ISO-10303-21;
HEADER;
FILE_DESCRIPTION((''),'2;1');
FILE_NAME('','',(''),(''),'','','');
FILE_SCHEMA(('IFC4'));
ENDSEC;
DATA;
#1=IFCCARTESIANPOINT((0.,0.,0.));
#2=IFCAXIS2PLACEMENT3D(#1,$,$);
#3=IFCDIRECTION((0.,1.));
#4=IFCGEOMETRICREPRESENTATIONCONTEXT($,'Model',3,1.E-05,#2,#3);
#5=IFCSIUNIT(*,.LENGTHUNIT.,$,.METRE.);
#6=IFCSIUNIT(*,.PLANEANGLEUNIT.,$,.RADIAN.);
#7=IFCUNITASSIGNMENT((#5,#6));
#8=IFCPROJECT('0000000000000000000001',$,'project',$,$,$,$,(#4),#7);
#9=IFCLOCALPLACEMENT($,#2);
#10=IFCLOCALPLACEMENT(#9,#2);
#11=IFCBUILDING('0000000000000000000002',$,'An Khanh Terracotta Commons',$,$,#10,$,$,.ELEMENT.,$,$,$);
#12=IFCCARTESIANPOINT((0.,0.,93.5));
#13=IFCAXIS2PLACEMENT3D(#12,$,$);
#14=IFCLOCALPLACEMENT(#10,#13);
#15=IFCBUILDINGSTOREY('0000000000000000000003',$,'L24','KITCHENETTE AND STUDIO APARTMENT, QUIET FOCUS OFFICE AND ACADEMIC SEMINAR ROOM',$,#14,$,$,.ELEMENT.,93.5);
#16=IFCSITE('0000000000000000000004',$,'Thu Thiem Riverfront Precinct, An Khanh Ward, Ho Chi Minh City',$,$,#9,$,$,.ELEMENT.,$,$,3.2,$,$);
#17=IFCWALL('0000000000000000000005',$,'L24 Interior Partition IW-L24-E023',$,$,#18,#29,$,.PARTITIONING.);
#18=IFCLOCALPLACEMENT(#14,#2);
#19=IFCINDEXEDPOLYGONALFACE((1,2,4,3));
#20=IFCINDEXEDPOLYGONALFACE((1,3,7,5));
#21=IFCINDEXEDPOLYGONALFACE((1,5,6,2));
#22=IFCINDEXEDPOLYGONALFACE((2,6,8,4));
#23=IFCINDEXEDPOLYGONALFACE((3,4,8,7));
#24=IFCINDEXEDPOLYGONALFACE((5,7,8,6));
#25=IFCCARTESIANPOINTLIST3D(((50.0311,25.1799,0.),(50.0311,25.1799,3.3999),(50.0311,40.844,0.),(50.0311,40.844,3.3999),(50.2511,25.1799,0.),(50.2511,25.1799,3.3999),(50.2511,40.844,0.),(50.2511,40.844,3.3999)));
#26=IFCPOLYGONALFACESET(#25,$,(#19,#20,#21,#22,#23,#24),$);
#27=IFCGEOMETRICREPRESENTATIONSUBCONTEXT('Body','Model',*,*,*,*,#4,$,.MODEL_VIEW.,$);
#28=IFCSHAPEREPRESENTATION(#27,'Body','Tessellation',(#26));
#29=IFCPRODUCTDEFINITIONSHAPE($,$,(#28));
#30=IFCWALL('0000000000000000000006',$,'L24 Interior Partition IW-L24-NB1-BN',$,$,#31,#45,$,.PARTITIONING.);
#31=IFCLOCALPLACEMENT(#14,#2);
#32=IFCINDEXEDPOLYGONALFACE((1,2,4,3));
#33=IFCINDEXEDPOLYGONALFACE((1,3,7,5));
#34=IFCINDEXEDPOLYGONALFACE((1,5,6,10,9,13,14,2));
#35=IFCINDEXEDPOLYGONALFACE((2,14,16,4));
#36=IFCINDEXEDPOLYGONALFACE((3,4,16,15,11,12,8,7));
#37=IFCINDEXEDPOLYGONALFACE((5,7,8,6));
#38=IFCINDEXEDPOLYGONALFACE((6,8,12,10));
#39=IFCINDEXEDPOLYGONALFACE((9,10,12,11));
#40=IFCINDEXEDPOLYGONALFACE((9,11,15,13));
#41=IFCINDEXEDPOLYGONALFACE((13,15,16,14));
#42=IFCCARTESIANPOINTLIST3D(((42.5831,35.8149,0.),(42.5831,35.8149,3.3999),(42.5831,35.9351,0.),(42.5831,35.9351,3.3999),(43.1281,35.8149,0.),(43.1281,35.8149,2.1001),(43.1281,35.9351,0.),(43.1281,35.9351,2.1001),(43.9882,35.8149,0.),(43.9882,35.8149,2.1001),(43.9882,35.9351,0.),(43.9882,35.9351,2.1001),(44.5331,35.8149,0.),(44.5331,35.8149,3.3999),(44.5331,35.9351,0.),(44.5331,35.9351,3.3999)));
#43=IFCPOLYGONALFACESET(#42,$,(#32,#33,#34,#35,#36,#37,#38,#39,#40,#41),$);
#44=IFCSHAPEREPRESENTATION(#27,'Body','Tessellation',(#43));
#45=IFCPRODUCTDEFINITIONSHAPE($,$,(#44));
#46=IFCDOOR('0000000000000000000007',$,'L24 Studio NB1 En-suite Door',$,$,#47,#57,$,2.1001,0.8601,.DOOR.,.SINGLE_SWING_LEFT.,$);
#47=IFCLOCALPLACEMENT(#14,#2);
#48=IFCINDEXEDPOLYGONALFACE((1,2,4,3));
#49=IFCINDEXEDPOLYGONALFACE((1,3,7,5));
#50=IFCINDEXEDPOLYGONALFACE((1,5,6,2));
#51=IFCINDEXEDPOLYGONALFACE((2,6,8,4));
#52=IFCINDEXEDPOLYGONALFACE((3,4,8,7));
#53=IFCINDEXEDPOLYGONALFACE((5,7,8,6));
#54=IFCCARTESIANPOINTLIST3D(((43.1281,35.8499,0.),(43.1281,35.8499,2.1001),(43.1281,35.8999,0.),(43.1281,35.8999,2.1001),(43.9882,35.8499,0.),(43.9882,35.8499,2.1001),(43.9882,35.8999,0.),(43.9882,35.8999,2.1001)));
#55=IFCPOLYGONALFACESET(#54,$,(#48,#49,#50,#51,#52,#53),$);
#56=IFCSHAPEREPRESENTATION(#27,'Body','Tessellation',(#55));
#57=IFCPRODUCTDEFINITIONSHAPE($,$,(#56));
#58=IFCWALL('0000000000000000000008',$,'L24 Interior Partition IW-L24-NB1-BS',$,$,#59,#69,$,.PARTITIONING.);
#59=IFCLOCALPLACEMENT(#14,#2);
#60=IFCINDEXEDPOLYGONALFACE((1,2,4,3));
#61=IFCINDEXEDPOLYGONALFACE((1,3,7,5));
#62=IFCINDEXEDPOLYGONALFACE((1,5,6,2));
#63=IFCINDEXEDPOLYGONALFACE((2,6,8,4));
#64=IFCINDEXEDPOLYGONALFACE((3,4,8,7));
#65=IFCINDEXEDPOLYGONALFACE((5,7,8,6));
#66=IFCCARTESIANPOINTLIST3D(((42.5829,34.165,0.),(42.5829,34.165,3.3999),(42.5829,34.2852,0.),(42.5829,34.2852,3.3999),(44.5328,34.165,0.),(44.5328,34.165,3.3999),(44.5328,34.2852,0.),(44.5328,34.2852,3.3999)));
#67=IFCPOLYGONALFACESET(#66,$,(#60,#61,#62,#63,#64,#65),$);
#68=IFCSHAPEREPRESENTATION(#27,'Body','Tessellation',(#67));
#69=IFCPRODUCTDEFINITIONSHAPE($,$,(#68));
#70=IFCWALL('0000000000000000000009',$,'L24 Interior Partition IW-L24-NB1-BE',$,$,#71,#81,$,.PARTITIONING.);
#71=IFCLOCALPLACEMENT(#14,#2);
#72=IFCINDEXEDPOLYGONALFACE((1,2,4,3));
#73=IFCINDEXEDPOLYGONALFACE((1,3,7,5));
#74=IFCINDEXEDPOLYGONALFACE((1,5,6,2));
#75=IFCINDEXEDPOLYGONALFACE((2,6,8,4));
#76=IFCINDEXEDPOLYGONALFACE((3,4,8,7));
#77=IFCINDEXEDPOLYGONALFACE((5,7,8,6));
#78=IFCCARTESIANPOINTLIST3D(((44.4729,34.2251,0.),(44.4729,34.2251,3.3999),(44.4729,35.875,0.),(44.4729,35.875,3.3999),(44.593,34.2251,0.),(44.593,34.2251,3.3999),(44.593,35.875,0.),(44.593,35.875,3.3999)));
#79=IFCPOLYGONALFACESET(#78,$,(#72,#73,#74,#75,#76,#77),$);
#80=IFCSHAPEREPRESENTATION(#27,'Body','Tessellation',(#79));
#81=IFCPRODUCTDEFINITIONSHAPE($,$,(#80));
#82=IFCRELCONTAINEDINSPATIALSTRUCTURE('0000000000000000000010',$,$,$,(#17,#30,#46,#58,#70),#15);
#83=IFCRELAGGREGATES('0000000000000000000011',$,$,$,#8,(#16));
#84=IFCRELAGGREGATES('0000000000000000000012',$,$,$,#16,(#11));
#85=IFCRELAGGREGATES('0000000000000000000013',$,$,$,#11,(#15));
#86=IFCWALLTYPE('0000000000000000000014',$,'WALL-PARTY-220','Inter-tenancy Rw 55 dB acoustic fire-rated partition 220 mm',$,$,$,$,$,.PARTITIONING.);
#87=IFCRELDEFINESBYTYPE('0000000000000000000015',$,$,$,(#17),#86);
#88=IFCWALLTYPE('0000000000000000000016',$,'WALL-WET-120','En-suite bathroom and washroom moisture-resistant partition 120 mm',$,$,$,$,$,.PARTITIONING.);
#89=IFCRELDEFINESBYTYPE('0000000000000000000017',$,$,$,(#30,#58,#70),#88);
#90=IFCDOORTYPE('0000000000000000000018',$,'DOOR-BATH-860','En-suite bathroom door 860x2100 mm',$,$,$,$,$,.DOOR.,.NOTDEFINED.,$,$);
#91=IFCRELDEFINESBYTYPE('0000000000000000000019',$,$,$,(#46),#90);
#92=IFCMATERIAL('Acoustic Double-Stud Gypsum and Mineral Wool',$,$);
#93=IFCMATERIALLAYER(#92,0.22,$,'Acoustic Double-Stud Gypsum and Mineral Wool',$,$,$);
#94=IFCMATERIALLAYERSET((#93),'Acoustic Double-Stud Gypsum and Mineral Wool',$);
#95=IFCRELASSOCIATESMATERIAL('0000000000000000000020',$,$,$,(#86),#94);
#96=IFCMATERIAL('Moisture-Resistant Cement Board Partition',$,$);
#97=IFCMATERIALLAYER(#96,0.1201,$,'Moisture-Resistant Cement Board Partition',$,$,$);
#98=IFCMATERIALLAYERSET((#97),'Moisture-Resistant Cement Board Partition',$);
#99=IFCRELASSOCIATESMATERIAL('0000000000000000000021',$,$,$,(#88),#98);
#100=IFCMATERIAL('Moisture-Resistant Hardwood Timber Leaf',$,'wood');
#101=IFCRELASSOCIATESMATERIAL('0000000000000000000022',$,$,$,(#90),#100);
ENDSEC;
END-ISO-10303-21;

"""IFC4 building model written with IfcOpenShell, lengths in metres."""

from ifc_helpers import new_model, si_unit, direction, frame, frame_2d, origin, place, context, subcontext, project, spatial, rectangle, extrude, material, layer, layer_set, type_object, element, fill, save


model = new_model("IFC4")

# Units and contexts
model_context = context("Model", 3, precision=1e-05, world=origin(), true_north=direction((0.0, 1.0)))
body_context = subcontext(model_context, "Body", "Model", "MODEL_VIEW")
ifc_project = project(units=[si_unit("LENGTHUNIT", "METRE"), si_unit("PLANEANGLEUNIT", "RADIAN")], contexts=[model_context])

# Site, building, storey
site_placement = place(None, origin())
site = spatial("IfcSite", under=ifc_project, at=site_placement, Name="Thu Thiem Riverfront Precinct, An Khanh Ward, Ho Chi Minh City", CompositionType="ELEMENT", RefElevation=3.2)
building_placement = place(site_placement, origin())
building = spatial("IfcBuilding", under=site, at=building_placement, Name="An Khanh Terracotta Commons", CompositionType="ELEMENT")
storey_placement = place(building_placement, frame((0.0, 0.0, 93.5)))
storey = spatial("IfcBuildingStorey", under=building, at=storey_placement, Name="L24", Description="KITCHENETTE AND STUDIO APARTMENT, QUIET FOCUS OFFICE AND ACADEMIC SEMINAR ROOM", CompositionType="ELEMENT", Elevation=93.5)

# Wall
ifc_material_1 = material(Name="Acoustic Double-Stud Gypsum and Mineral Wool")
ifc_layer_1 = layer(ifc_material_1, 0.22, Name="Acoustic Double-Stud Gypsum and Mineral Wool")
ifc_layer_set_1 = layer_set([ifc_layer_1], Name="Acoustic Double-Stud Gypsum and Mineral Wool")
wall_type_1 = type_object("IfcWallType", Name="WALL-PARTY-220", Description="Inter-tenancy Rw 55 dB acoustic fire-rated partition 220 mm", PredefinedType="PARTITIONING", material=ifc_layer_set_1)
wall_1_placement = place(storey_placement, frame((50.1411, 25.1799, 0.0), z_axis=(0.0, 0.0, 1.0), x_axis=(0.0, 1.0, 0.0)))
element("IfcWall", 1, at=wall_1_placement, inside=storey, type_object=wall_type_1, Name="L24 Interior Partition IW-L24-E023", PredefinedType="PARTITIONING", context=body_context, shape_type="SweptSolid", body=[
    extrude(rectangle(XDim=15.6641, YDim=0.22, at=frame_2d((7.832, 0.0))), origin(), (0.0, 0.0, 1.0), 3.3999),
])

# Wall, opening, door
ifc_material_2 = material(Name="Moisture-Resistant Cement Board Partition")
ifc_layer_2 = layer(ifc_material_2, 0.1201, Name="Moisture-Resistant Cement Board Partition")
ifc_layer_set_2 = layer_set([ifc_layer_2], Name="Moisture-Resistant Cement Board Partition")
wall_type_2 = type_object("IfcWallType", Name="WALL-WET-120", Description="En-suite bathroom and washroom moisture-resistant partition 120 mm", PredefinedType="PARTITIONING", material=ifc_layer_set_2)
wall_2_placement = place(storey_placement, frame((42.583, 35.875, 0.0), z_axis=(0.0, 0.0, 1.0), x_axis=(1.0, 0.0, 0.0)))
wall_2 = element("IfcWall", 2, at=wall_2_placement, inside=storey, type_object=wall_type_2, Name="L24 Interior Partition IW-L24-NB1-BN", PredefinedType="PARTITIONING", context=body_context, shape_type="SweptSolid", body=[
    extrude(rectangle(XDim=1.95, YDim=0.1201, at=frame_2d((0.9751, 0.0))), origin(), (0.0, 0.0, 1.0), 3.3999),
])
opening_1_placement = place(wall_2_placement, frame((0.5449, 0.0, 0.0)))
opening_1 = element("IfcOpeningElement", 3, at=opening_1_placement, cuts=wall_2, PredefinedType="OPENING", context=body_context, shape_type="SweptSolid", body=[
    extrude(rectangle(XDim=0.8601, YDim=2.1001, at=frame_2d((0.4302, 1.05))), frame((0.0, 0.0701, 0.0), z_axis=(0.0, -1.0, 0.0), x_axis=(1.0, 0.0, 0.0)), (0.0, 0.0, 1.0), 0.1401),
])
ifc_material_3 = material(Name="Moisture-Resistant Hardwood Timber Leaf", Category="wood")
door_type_1 = type_object("IfcDoorType", Name="DOOR-BATH-860", Description="En-suite bathroom door 860x2100 mm", OperationType="NOTDEFINED", PredefinedType="DOOR", material=ifc_material_3)
door_1_placement = place(opening_1_placement, origin())
door_1 = element("IfcDoor", 4, at=door_1_placement, inside=storey, type_object=door_type_1, Name="L24 Studio NB1 En-suite Door", OperationType="SINGLE_SWING_LEFT", OverallHeight=2.1001, OverallWidth=0.8601, PredefinedType="DOOR", context=body_context, shape_type="SweptSolid", body=[
    extrude(rectangle(XDim=0.8601, YDim=2.1001, at=frame_2d((0.4302, 1.05))), frame((0.0, 0.0249, 0.0), z_axis=(0.0, -1.0, 0.0), x_axis=(1.0, 0.0, 0.0)), (0.0, 0.0, 1.0), 0.05),
])
fill(opening_1, door_1)

# Walls
wall_3_placement = place(storey_placement, frame((44.533, 34.2251, 0.0), z_axis=(0.0, 0.0, 1.0), x_axis=(-1.0, 0.0, 0.0)))
element("IfcWall", 5, at=wall_3_placement, inside=storey, type_object=wall_type_2, Name="L24 Interior Partition IW-L24-NB1-BS", PredefinedType="PARTITIONING", context=body_context, shape_type="SweptSolid", body=[
    extrude(rectangle(XDim=1.95, YDim=0.1201, at=frame_2d((0.9751, 0.0))), origin(), (0.0, 0.0, 1.0), 3.3999),
])
wall_4_placement = place(storey_placement, frame((44.533, 34.2251, 0.0), z_axis=(0.0, 0.0, 1.0), x_axis=(0.0, 1.0, 0.0)))
element("IfcWall", 6, at=wall_4_placement, inside=storey, type_object=wall_type_2, Name="L24 Interior Partition IW-L24-NB1-BE", PredefinedType="PARTITIONING", context=body_context, shape_type="SweptSolid", body=[
    extrude(rectangle(XDim=1.6499, YDim=0.1201, at=frame_2d((0.825, 0.0))), origin(), (0.0, 0.0, 1.0), 3.3999),
])

save(model, "model.ifc")
